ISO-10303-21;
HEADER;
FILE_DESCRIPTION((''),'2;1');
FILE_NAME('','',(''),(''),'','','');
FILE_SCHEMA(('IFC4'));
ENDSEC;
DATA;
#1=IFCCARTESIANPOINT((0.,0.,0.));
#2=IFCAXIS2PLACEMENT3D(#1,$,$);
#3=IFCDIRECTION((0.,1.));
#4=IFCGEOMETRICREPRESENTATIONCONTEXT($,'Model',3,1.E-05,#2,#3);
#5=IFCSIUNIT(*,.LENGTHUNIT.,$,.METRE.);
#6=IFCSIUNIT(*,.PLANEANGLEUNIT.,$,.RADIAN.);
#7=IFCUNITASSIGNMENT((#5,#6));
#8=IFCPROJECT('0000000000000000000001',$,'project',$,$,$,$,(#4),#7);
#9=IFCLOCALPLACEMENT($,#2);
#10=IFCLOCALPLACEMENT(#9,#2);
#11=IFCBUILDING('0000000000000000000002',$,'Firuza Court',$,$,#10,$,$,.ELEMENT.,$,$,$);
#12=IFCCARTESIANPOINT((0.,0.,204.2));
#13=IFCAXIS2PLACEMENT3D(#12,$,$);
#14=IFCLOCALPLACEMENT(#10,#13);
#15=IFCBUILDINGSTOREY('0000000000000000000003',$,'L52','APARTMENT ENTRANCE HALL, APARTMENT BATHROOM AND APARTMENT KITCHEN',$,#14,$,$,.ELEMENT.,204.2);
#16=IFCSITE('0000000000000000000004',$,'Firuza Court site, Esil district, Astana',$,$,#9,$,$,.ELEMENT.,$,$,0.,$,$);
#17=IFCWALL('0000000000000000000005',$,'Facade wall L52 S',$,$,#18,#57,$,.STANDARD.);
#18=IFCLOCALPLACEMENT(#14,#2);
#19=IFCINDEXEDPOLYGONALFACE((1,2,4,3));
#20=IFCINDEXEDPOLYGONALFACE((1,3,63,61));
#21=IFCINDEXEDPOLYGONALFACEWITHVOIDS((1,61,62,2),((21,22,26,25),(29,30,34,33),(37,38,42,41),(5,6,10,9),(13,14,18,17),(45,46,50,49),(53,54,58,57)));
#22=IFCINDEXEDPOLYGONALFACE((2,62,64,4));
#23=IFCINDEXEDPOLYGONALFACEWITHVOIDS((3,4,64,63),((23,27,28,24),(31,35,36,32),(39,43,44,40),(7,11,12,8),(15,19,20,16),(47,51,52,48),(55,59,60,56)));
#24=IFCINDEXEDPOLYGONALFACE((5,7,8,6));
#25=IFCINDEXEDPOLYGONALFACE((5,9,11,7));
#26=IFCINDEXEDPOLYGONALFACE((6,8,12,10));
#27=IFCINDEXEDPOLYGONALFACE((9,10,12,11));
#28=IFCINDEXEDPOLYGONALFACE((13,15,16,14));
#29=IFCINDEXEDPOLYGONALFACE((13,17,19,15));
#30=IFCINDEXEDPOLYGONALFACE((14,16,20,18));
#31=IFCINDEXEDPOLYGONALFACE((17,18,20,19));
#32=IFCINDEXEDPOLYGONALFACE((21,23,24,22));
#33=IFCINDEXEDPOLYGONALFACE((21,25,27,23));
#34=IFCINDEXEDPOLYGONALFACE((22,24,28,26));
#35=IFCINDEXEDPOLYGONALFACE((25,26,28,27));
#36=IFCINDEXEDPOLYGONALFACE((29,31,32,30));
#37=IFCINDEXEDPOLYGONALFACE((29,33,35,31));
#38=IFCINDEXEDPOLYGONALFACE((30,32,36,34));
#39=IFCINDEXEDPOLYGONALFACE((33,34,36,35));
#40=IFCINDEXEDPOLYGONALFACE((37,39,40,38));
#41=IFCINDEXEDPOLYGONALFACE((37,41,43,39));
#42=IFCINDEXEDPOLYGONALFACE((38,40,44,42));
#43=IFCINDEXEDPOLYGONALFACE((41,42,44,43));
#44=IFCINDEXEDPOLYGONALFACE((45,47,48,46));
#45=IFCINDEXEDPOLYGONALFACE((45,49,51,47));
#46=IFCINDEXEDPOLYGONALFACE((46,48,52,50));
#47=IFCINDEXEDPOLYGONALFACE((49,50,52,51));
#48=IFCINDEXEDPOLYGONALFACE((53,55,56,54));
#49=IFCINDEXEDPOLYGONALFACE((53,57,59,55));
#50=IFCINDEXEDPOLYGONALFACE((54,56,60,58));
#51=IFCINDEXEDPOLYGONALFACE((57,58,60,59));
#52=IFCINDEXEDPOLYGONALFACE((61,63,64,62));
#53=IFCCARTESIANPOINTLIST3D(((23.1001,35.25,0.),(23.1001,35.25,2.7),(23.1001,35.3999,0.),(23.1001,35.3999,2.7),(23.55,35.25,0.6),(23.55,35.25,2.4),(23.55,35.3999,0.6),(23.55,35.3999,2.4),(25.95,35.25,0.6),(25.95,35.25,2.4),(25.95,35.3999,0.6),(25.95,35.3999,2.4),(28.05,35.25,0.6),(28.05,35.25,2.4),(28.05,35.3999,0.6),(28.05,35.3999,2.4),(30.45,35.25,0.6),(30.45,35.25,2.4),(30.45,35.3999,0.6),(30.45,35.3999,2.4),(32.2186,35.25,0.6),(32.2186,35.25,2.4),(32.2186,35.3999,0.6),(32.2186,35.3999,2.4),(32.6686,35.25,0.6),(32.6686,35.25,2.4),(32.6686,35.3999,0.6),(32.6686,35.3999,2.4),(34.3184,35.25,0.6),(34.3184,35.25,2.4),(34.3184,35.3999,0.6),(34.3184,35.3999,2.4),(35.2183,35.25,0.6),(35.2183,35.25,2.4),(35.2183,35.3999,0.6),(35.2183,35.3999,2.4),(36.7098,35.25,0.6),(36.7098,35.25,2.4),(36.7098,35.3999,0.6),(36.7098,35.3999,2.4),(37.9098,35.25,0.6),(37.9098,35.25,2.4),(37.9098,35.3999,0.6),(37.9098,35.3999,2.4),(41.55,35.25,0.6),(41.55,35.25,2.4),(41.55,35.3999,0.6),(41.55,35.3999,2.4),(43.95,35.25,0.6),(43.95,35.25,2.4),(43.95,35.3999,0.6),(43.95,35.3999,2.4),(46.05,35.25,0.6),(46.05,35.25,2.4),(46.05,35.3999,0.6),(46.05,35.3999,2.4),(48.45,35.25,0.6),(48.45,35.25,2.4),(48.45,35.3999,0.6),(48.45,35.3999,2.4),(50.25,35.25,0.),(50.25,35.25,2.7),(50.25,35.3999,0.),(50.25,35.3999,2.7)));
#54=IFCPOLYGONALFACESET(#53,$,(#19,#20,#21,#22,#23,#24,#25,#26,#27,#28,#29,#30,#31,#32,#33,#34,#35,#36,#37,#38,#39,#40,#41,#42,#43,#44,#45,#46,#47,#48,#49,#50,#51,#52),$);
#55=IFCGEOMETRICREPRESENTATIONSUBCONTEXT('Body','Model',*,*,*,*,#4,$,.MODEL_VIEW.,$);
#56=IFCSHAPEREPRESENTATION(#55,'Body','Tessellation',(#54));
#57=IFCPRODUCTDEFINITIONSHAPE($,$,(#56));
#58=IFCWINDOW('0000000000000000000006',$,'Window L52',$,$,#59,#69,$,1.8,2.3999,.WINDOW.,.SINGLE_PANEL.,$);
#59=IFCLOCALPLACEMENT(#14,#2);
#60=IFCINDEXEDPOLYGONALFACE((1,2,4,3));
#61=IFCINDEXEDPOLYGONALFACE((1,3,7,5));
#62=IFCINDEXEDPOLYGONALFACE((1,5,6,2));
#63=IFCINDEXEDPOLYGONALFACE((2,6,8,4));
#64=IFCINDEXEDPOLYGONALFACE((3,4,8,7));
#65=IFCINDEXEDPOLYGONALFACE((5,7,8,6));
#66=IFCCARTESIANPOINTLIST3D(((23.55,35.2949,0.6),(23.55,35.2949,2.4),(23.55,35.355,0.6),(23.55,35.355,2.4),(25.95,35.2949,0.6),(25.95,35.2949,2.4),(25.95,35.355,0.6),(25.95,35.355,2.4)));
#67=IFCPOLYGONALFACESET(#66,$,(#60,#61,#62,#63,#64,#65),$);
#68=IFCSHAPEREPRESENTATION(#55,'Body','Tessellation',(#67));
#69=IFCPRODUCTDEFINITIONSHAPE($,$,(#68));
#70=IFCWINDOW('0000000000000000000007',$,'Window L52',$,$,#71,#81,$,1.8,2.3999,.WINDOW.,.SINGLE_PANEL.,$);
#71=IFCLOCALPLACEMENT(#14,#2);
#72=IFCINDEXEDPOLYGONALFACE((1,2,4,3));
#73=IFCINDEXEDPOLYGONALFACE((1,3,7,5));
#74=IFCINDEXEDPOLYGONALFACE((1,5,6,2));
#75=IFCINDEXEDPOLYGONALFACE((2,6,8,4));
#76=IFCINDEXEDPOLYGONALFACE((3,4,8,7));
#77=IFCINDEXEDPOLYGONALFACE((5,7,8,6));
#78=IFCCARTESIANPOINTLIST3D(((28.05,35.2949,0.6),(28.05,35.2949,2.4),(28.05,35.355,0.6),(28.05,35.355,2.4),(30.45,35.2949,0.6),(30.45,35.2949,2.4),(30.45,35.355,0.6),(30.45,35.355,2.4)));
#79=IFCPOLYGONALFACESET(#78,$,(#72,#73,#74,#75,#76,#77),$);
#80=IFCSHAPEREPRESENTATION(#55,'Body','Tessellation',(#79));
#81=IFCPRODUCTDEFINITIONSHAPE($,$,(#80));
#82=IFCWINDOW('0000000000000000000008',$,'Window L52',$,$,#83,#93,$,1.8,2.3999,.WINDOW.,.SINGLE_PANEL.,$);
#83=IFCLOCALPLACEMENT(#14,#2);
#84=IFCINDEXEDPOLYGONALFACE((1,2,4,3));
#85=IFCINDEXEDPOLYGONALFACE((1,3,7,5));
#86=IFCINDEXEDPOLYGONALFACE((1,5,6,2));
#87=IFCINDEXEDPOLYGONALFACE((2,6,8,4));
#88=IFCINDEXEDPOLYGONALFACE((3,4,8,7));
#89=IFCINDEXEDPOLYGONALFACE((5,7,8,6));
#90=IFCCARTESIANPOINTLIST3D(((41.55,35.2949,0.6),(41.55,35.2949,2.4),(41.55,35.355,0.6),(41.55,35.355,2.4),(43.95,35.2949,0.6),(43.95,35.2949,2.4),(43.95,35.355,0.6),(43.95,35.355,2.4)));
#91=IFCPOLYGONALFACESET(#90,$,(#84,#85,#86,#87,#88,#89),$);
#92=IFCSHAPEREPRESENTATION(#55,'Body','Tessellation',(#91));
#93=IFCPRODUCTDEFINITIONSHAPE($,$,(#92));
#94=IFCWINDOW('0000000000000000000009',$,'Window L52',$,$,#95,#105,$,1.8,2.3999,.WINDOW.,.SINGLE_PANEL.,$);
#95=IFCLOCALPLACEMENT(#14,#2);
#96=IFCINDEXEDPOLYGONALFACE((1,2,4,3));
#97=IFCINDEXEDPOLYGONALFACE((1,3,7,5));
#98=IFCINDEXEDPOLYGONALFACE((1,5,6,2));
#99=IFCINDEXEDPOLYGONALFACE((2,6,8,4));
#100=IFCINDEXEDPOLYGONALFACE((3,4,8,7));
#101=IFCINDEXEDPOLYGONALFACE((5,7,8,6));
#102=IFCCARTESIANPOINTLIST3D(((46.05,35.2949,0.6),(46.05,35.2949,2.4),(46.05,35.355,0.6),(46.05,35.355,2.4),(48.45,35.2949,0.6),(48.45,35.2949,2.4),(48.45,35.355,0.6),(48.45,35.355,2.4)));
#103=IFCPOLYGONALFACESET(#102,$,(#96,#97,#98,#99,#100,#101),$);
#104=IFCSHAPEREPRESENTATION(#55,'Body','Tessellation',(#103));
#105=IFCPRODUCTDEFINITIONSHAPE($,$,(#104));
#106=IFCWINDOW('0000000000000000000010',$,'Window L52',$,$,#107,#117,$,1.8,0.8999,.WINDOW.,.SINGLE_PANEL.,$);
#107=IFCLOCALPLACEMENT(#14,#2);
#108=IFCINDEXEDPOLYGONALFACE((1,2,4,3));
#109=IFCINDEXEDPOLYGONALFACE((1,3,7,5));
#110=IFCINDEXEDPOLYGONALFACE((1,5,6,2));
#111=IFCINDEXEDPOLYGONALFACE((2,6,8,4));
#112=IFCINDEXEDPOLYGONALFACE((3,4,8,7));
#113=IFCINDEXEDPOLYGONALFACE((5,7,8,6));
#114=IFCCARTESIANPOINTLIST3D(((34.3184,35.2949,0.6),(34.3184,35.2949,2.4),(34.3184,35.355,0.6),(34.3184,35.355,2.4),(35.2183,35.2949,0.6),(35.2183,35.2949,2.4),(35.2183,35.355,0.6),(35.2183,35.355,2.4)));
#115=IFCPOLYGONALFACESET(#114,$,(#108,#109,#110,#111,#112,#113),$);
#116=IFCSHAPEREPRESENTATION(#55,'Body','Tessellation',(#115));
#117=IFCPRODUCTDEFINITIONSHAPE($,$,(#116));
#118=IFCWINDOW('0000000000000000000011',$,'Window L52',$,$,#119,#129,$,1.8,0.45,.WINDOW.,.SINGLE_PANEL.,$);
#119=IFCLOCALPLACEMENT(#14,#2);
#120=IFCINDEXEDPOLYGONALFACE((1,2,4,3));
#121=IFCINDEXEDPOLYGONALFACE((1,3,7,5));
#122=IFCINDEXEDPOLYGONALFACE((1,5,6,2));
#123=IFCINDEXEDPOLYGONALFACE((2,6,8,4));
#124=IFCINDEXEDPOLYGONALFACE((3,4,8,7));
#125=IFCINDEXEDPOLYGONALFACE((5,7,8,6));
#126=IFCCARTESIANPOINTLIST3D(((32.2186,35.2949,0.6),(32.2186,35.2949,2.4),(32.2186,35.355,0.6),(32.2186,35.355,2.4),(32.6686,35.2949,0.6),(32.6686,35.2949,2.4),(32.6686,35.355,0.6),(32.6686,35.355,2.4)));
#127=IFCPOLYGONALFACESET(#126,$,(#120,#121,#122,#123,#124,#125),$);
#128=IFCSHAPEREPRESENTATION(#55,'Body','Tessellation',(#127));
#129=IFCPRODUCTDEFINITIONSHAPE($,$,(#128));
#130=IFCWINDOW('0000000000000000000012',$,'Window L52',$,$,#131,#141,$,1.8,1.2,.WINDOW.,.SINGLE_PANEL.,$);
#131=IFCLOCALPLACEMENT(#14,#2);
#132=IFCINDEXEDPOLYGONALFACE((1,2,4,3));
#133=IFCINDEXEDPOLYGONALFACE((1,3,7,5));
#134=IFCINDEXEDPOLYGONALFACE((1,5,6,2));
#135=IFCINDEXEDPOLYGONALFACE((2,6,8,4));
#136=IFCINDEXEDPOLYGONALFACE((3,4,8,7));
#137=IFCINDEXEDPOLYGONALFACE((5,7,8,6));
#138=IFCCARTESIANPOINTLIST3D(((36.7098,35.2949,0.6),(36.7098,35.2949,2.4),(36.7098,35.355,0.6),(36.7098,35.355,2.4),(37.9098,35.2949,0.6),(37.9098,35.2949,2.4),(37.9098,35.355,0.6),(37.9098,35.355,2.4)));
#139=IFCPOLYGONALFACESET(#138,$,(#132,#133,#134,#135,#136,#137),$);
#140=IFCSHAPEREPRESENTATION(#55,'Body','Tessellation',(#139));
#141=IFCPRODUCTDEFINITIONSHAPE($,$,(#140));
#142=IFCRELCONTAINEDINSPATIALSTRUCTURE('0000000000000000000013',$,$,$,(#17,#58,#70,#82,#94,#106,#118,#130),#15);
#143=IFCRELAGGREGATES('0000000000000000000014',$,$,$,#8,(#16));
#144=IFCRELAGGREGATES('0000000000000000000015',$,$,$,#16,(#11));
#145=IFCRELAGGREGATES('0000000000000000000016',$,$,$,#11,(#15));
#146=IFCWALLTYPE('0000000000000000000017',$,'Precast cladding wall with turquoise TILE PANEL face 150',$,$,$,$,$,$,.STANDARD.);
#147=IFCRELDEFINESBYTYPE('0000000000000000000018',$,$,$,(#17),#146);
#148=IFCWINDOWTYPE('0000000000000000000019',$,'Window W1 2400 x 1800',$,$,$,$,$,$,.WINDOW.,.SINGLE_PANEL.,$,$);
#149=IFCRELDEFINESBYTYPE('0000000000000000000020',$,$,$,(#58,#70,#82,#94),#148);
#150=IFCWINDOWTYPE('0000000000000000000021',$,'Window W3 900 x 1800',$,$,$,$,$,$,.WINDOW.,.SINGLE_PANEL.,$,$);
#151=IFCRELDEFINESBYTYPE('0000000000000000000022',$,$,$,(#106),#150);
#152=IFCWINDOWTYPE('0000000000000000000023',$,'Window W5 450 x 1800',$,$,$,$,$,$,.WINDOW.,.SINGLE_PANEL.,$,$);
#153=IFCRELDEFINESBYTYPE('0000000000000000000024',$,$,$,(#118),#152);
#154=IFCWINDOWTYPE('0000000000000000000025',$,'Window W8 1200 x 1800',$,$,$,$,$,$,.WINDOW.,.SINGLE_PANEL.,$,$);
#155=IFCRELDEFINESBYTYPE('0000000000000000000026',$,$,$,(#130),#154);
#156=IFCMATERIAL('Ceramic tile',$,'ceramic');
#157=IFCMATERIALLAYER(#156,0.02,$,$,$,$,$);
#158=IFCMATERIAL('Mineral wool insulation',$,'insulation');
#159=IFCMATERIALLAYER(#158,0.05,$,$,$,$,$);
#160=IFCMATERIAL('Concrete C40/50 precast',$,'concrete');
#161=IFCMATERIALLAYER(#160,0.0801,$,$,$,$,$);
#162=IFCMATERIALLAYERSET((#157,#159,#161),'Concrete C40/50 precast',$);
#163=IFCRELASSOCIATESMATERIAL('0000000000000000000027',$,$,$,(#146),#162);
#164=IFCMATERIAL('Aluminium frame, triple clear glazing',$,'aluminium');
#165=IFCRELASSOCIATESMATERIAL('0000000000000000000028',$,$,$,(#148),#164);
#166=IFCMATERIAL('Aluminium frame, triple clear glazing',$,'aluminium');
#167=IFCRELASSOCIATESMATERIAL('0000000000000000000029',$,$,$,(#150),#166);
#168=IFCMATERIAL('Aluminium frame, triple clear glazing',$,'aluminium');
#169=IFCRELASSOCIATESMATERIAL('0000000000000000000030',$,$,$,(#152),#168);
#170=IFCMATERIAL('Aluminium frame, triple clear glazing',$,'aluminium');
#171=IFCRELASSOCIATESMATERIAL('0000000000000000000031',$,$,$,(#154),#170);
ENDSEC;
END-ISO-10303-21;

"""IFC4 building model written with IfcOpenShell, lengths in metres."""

from ifc_helpers import new_model, si_unit, direction, frame, frame_2d, origin, place, context, subcontext, project, spatial, rectangle, extrude, material, layer, layer_set, type_object, element, fill, save


model = new_model("IFC4")

# Units and contexts
model_context = context("Model", 3, precision=1e-05, world=origin(), true_north=direction((0.0, 1.0)))
body_context = subcontext(model_context, "Body", "Model", "MODEL_VIEW")
ifc_project = project(units=[si_unit("LENGTHUNIT", "METRE"), si_unit("PLANEANGLEUNIT", "RADIAN")], contexts=[model_context])

# Site, building, storey
site_placement = place(None, origin())
site = spatial("IfcSite", under=ifc_project, at=site_placement, Name="Firuza Court site, Esil district, Astana", CompositionType="ELEMENT", RefElevation=0.0)
building_placement = place(site_placement, origin())
building = spatial("IfcBuilding", under=site, at=building_placement, Name="Firuza Court", CompositionType="ELEMENT")
storey_placement = place(building_placement, frame((0.0, 0.0, 204.2)))
storey = spatial("IfcBuildingStorey", under=building, at=storey_placement, Name="L52", Description="APARTMENT ENTRANCE HALL, APARTMENT BATHROOM AND APARTMENT KITCHEN", CompositionType="ELEMENT", Elevation=204.2)

# Wall, openings, windows
ifc_material_1 = material(Name="Ceramic tile", Category="ceramic")
ifc_layer_1 = layer(ifc_material_1, 0.02)
ifc_material_2 = material(Name="Mineral wool insulation", Category="insulation")
ifc_layer_2 = layer(ifc_material_2, 0.05)
ifc_material_3 = material(Name="Concrete C40/50 precast", Category="concrete")
ifc_layer_3 = layer(ifc_material_3, 0.0801)
ifc_layer_set_1 = layer_set([ifc_layer_1, ifc_layer_2, ifc_layer_3], Name="Concrete C40/50 precast")
wall_type_1 = type_object("IfcWallType", Name="Precast cladding wall with turquoise TILE PANEL face 150", PredefinedType="STANDARD", material=ifc_layer_set_1)
ifc_material_4 = material(Name="Aluminium frame, triple clear glazing", Category="aluminium")
window_type_1 = type_object("IfcWindowType", Name="Window W1 2400 x 1800", PartitioningType="SINGLE_PANEL", PredefinedType="WINDOW", material=ifc_material_4)
wall_1_placement = place(storey_placement, frame((23.1001, 35.325, 0.0), z_axis=(0.0, 0.0, 1.0), x_axis=(1.0, 0.0, 0.0)))
wall_1 = element("IfcWall", 1, at=wall_1_placement, inside=storey, type_object=wall_type_1, Name="Facade wall L52 S", PredefinedType="STANDARD", context=body_context, shape_type="SweptSolid", body=[
    extrude(rectangle(XDim=27.1499, YDim=0.1499, at=frame_2d((13.575, 0.0))), origin(), (0.0, 0.0, 1.0), 2.7),
])
opening_1_placement = place(wall_1_placement, frame((0.45, 0.0, 0.6001)))
opening_1 = element("IfcOpeningElement", 2, at=opening_1_placement, cuts=wall_1, PredefinedType="OPENING", context=body_context, shape_type="SweptSolid", body=[
    extrude(rectangle(XDim=2.3999, YDim=1.8, at=frame_2d((1.2, 0.8999))), frame((0.0, 0.0869, 0.0), z_axis=(0.0, -1.0, 0.0), x_axis=(1.0, 0.0, 0.0)), (0.0, 0.0, 1.0), 0.1738),
])
opening_2_placement = place(wall_1_placement, frame((4.95, 0.0, 0.6001)))
opening_2 = element("IfcOpeningElement", 3, at=opening_2_placement, cuts=wall_1, PredefinedType="OPENING", context=body_context, shape_type="SweptSolid", body=[
    extrude(rectangle(XDim=2.3999, YDim=1.8, at=frame_2d((1.2, 0.8999))), frame((0.0, 0.0869, 0.0), z_axis=(0.0, -1.0, 0.0), x_axis=(1.0, 0.0, 0.0)), (0.0, 0.0, 1.0), 0.1738),
])
opening_3_placement = place(wall_1_placement, frame((9.1184, 0.0, 0.6001)))
opening_3 = element("IfcOpeningElement", 4, at=opening_3_placement, cuts=wall_1, PredefinedType="OPENING", context=body_context, shape_type="SweptSolid", body=[
    extrude(rectangle(XDim=0.45, YDim=1.8, at=frame_2d((0.2251, 0.8999))), frame((0.0, 0.0869, 0.0), z_axis=(0.0, -1.0, 0.0), x_axis=(1.0, 0.0, 0.0)), (0.0, 0.0, 1.0), 0.1738),
])
opening_4_placement = place(wall_1_placement, frame((11.2183, 0.0, 0.6001)))
opening_4 = element("IfcOpeningElement", 5, at=opening_4_placement, cuts=wall_1, PredefinedType="OPENING", context=body_context, shape_type="SweptSolid", body=[
    extrude(rectangle(XDim=0.8999, YDim=1.8, at=frame_2d((0.45, 0.8999))), frame((0.0, 0.0869, 0.0), z_axis=(0.0, -1.0, 0.0), x_axis=(1.0, 0.0, 0.0)), (0.0, 0.0, 1.0), 0.1738),
])
opening_5_placement = place(wall_1_placement, frame((13.6096, 0.0, 0.6001)))
opening_5 = element("IfcOpeningElement", 6, at=opening_5_placement, cuts=wall_1, PredefinedType="OPENING", context=body_context, shape_type="SweptSolid", body=[
    extrude(rectangle(XDim=1.2, YDim=1.8, at=frame_2d((0.6001, 0.8999))), frame((0.0, 0.0869, 0.0), z_axis=(0.0, -1.0, 0.0), x_axis=(1.0, 0.0, 0.0)), (0.0, 0.0, 1.0), 0.1738),
])
opening_6_placement = place(wall_1_placement, frame((18.45, 0.0, 0.6001)))
opening_6 = element("IfcOpeningElement", 7, at=opening_6_placement, cuts=wall_1, PredefinedType="OPENING", context=body_context, shape_type="SweptSolid", body=[
    extrude(rectangle(XDim=2.3999, YDim=1.8, at=frame_2d((1.2, 0.8999))), frame((0.0, 0.0869, 0.0), z_axis=(0.0, -1.0, 0.0), x_axis=(1.0, 0.0, 0.0)), (0.0, 0.0, 1.0), 0.1738),
])
opening_7_placement = place(wall_1_placement, frame((22.95, 0.0, 0.6001)))
opening_7 = element("IfcOpeningElement", 8, at=opening_7_placement, cuts=wall_1, PredefinedType="OPENING", context=body_context, shape_type="SweptSolid", body=[
    extrude(rectangle(XDim=2.3999, YDim=1.8, at=frame_2d((1.2, 0.8999))), frame((0.0, 0.0869, 0.0), z_axis=(0.0, -1.0, 0.0), x_axis=(1.0, 0.0, 0.0)), (0.0, 0.0, 1.0), 0.1738),
])
window_1_placement = place(opening_1_placement, origin())
window_1 = element("IfcWindow", 9, at=window_1_placement, inside=storey, type_object=window_type_1, Name="Window L52", OverallHeight=1.8, OverallWidth=2.3999, PartitioningType="SINGLE_PANEL", PredefinedType="WINDOW", context=body_context, shape_type="SweptSolid", body=[
    extrude(rectangle(XDim=2.3999, YDim=1.8, at=frame_2d((1.2, 0.8999))), frame((0.0, 0.03, 0.0), z_axis=(0.0, -1.0, 0.0), x_axis=(1.0, 0.0, 0.0)), (0.0, 0.0, 1.0), 0.0601),
])
fill(opening_1, window_1)
window_2_placement = place(opening_2_placement, origin())
window_2 = element("IfcWindow", 10, at=window_2_placement, inside=storey, type_object=window_type_1, Name="Window L52", OverallHeight=1.8, OverallWidth=2.3999, PartitioningType="SINGLE_PANEL", PredefinedType="WINDOW", context=body_context, shape_type="SweptSolid", body=[
    extrude(rectangle(XDim=2.3999, YDim=1.8, at=frame_2d((1.2, 0.8999))), frame((0.0, 0.03, 0.0), z_axis=(0.0, -1.0, 0.0), x_axis=(1.0, 0.0, 0.0)), (0.0, 0.0, 1.0), 0.0601),
])
fill(opening_2, window_2)
window_3_placement = place(opening_6_placement, origin())
window_3 = element("IfcWindow", 11, at=window_3_placement, inside=storey, type_object=window_type_1, Name="Window L52", OverallHeight=1.8, OverallWidth=2.3999, PartitioningType="SINGLE_PANEL", PredefinedType="WINDOW", context=body_context, shape_type="SweptSolid", body=[
    extrude(rectangle(XDim=2.3999, YDim=1.8, at=frame_2d((1.2, 0.8999))), frame((0.0, 0.03, 0.0), z_axis=(0.0, -1.0, 0.0), x_axis=(1.0, 0.0, 0.0)), (0.0, 0.0, 1.0), 0.0601),
])
fill(opening_6, window_3)
window_4_placement = place(opening_7_placement, origin())
window_4 = element("IfcWindow", 12, at=window_4_placement, inside=storey, type_object=window_type_1, Name="Window L52", OverallHeight=1.8, OverallWidth=2.3999, PartitioningType="SINGLE_PANEL", PredefinedType="WINDOW", context=body_context, shape_type="SweptSolid", body=[
    extrude(rectangle(XDim=2.3999, YDim=1.8, at=frame_2d((1.2, 0.8999))), frame((0.0, 0.03, 0.0), z_axis=(0.0, -1.0, 0.0), x_axis=(1.0, 0.0, 0.0)), (0.0, 0.0, 1.0), 0.0601),
])
fill(opening_7, window_4)
ifc_material_5 = material(Name="Aluminium frame, triple clear glazing", Category="aluminium")
window_type_2 = type_object("IfcWindowType", Name="Window W3 900 x 1800", PartitioningType="SINGLE_PANEL", PredefinedType="WINDOW", material=ifc_material_5)
window_5_placement = place(opening_4_placement, origin())
window_5 = element("IfcWindow", 13, at=window_5_placement, inside=storey, type_object=window_type_2, Name="Window L52", OverallHeight=1.8, OverallWidth=0.8999, PartitioningType="SINGLE_PANEL", PredefinedType="WINDOW", context=body_context, shape_type="SweptSolid", body=[
    extrude(rectangle(XDim=0.8999, YDim=1.8, at=frame_2d((0.45, 0.8999))), frame((0.0, 0.03, 0.0), z_axis=(0.0, -1.0, 0.0), x_axis=(1.0, 0.0, 0.0)), (0.0, 0.0, 1.0), 0.0601),
])
fill(opening_4, window_5)
ifc_material_6 = material(Name="Aluminium frame, triple clear glazing", Category="aluminium")
window_type_3 = type_object("IfcWindowType", Name="Window W5 450 x 1800", PartitioningType="SINGLE_PANEL", PredefinedType="WINDOW", material=ifc_material_6)
window_6_placement = place(opening_3_placement, origin())
window_6 = element("IfcWindow", 14, at=window_6_placement, inside=storey, type_object=window_type_3, Name="Window L52", OverallHeight=1.8, OverallWidth=0.45, PartitioningType="SINGLE_PANEL", PredefinedType="WINDOW", context=body_context, shape_type="SweptSolid", body=[
    extrude(rectangle(XDim=0.45, YDim=1.8, at=frame_2d((0.2251, 0.8999))), frame((0.0, 0.03, 0.0), z_axis=(0.0, -1.0, 0.0), x_axis=(1.0, 0.0, 0.0)), (0.0, 0.0, 1.0), 0.0601),
])
fill(opening_3, window_6)
ifc_material_7 = material(Name="Aluminium frame, triple clear glazing", Category="aluminium")
window_type_4 = type_object("IfcWindowType", Name="Window W8 1200 x 1800", PartitioningType="SINGLE_PANEL", PredefinedType="WINDOW", material=ifc_material_7)
window_7_placement = place(opening_5_placement, origin())
window_7 = element("IfcWindow", 15, at=window_7_placement, inside=storey, type_object=window_type_4, Name="Window L52", OverallHeight=1.8, OverallWidth=1.2, PartitioningType="SINGLE_PANEL", PredefinedType="WINDOW", context=body_context, shape_type="SweptSolid", body=[
    extrude(rectangle(XDim=1.2, YDim=1.8, at=frame_2d((0.6001, 0.8999))), frame((0.0, 0.03, 0.0), z_axis=(0.0, -1.0, 0.0), x_axis=(1.0, 0.0, 0.0)), (0.0, 0.0, 1.0), 0.0601),
])
fill(opening_5, window_7)

save(model, "model.ifc")
